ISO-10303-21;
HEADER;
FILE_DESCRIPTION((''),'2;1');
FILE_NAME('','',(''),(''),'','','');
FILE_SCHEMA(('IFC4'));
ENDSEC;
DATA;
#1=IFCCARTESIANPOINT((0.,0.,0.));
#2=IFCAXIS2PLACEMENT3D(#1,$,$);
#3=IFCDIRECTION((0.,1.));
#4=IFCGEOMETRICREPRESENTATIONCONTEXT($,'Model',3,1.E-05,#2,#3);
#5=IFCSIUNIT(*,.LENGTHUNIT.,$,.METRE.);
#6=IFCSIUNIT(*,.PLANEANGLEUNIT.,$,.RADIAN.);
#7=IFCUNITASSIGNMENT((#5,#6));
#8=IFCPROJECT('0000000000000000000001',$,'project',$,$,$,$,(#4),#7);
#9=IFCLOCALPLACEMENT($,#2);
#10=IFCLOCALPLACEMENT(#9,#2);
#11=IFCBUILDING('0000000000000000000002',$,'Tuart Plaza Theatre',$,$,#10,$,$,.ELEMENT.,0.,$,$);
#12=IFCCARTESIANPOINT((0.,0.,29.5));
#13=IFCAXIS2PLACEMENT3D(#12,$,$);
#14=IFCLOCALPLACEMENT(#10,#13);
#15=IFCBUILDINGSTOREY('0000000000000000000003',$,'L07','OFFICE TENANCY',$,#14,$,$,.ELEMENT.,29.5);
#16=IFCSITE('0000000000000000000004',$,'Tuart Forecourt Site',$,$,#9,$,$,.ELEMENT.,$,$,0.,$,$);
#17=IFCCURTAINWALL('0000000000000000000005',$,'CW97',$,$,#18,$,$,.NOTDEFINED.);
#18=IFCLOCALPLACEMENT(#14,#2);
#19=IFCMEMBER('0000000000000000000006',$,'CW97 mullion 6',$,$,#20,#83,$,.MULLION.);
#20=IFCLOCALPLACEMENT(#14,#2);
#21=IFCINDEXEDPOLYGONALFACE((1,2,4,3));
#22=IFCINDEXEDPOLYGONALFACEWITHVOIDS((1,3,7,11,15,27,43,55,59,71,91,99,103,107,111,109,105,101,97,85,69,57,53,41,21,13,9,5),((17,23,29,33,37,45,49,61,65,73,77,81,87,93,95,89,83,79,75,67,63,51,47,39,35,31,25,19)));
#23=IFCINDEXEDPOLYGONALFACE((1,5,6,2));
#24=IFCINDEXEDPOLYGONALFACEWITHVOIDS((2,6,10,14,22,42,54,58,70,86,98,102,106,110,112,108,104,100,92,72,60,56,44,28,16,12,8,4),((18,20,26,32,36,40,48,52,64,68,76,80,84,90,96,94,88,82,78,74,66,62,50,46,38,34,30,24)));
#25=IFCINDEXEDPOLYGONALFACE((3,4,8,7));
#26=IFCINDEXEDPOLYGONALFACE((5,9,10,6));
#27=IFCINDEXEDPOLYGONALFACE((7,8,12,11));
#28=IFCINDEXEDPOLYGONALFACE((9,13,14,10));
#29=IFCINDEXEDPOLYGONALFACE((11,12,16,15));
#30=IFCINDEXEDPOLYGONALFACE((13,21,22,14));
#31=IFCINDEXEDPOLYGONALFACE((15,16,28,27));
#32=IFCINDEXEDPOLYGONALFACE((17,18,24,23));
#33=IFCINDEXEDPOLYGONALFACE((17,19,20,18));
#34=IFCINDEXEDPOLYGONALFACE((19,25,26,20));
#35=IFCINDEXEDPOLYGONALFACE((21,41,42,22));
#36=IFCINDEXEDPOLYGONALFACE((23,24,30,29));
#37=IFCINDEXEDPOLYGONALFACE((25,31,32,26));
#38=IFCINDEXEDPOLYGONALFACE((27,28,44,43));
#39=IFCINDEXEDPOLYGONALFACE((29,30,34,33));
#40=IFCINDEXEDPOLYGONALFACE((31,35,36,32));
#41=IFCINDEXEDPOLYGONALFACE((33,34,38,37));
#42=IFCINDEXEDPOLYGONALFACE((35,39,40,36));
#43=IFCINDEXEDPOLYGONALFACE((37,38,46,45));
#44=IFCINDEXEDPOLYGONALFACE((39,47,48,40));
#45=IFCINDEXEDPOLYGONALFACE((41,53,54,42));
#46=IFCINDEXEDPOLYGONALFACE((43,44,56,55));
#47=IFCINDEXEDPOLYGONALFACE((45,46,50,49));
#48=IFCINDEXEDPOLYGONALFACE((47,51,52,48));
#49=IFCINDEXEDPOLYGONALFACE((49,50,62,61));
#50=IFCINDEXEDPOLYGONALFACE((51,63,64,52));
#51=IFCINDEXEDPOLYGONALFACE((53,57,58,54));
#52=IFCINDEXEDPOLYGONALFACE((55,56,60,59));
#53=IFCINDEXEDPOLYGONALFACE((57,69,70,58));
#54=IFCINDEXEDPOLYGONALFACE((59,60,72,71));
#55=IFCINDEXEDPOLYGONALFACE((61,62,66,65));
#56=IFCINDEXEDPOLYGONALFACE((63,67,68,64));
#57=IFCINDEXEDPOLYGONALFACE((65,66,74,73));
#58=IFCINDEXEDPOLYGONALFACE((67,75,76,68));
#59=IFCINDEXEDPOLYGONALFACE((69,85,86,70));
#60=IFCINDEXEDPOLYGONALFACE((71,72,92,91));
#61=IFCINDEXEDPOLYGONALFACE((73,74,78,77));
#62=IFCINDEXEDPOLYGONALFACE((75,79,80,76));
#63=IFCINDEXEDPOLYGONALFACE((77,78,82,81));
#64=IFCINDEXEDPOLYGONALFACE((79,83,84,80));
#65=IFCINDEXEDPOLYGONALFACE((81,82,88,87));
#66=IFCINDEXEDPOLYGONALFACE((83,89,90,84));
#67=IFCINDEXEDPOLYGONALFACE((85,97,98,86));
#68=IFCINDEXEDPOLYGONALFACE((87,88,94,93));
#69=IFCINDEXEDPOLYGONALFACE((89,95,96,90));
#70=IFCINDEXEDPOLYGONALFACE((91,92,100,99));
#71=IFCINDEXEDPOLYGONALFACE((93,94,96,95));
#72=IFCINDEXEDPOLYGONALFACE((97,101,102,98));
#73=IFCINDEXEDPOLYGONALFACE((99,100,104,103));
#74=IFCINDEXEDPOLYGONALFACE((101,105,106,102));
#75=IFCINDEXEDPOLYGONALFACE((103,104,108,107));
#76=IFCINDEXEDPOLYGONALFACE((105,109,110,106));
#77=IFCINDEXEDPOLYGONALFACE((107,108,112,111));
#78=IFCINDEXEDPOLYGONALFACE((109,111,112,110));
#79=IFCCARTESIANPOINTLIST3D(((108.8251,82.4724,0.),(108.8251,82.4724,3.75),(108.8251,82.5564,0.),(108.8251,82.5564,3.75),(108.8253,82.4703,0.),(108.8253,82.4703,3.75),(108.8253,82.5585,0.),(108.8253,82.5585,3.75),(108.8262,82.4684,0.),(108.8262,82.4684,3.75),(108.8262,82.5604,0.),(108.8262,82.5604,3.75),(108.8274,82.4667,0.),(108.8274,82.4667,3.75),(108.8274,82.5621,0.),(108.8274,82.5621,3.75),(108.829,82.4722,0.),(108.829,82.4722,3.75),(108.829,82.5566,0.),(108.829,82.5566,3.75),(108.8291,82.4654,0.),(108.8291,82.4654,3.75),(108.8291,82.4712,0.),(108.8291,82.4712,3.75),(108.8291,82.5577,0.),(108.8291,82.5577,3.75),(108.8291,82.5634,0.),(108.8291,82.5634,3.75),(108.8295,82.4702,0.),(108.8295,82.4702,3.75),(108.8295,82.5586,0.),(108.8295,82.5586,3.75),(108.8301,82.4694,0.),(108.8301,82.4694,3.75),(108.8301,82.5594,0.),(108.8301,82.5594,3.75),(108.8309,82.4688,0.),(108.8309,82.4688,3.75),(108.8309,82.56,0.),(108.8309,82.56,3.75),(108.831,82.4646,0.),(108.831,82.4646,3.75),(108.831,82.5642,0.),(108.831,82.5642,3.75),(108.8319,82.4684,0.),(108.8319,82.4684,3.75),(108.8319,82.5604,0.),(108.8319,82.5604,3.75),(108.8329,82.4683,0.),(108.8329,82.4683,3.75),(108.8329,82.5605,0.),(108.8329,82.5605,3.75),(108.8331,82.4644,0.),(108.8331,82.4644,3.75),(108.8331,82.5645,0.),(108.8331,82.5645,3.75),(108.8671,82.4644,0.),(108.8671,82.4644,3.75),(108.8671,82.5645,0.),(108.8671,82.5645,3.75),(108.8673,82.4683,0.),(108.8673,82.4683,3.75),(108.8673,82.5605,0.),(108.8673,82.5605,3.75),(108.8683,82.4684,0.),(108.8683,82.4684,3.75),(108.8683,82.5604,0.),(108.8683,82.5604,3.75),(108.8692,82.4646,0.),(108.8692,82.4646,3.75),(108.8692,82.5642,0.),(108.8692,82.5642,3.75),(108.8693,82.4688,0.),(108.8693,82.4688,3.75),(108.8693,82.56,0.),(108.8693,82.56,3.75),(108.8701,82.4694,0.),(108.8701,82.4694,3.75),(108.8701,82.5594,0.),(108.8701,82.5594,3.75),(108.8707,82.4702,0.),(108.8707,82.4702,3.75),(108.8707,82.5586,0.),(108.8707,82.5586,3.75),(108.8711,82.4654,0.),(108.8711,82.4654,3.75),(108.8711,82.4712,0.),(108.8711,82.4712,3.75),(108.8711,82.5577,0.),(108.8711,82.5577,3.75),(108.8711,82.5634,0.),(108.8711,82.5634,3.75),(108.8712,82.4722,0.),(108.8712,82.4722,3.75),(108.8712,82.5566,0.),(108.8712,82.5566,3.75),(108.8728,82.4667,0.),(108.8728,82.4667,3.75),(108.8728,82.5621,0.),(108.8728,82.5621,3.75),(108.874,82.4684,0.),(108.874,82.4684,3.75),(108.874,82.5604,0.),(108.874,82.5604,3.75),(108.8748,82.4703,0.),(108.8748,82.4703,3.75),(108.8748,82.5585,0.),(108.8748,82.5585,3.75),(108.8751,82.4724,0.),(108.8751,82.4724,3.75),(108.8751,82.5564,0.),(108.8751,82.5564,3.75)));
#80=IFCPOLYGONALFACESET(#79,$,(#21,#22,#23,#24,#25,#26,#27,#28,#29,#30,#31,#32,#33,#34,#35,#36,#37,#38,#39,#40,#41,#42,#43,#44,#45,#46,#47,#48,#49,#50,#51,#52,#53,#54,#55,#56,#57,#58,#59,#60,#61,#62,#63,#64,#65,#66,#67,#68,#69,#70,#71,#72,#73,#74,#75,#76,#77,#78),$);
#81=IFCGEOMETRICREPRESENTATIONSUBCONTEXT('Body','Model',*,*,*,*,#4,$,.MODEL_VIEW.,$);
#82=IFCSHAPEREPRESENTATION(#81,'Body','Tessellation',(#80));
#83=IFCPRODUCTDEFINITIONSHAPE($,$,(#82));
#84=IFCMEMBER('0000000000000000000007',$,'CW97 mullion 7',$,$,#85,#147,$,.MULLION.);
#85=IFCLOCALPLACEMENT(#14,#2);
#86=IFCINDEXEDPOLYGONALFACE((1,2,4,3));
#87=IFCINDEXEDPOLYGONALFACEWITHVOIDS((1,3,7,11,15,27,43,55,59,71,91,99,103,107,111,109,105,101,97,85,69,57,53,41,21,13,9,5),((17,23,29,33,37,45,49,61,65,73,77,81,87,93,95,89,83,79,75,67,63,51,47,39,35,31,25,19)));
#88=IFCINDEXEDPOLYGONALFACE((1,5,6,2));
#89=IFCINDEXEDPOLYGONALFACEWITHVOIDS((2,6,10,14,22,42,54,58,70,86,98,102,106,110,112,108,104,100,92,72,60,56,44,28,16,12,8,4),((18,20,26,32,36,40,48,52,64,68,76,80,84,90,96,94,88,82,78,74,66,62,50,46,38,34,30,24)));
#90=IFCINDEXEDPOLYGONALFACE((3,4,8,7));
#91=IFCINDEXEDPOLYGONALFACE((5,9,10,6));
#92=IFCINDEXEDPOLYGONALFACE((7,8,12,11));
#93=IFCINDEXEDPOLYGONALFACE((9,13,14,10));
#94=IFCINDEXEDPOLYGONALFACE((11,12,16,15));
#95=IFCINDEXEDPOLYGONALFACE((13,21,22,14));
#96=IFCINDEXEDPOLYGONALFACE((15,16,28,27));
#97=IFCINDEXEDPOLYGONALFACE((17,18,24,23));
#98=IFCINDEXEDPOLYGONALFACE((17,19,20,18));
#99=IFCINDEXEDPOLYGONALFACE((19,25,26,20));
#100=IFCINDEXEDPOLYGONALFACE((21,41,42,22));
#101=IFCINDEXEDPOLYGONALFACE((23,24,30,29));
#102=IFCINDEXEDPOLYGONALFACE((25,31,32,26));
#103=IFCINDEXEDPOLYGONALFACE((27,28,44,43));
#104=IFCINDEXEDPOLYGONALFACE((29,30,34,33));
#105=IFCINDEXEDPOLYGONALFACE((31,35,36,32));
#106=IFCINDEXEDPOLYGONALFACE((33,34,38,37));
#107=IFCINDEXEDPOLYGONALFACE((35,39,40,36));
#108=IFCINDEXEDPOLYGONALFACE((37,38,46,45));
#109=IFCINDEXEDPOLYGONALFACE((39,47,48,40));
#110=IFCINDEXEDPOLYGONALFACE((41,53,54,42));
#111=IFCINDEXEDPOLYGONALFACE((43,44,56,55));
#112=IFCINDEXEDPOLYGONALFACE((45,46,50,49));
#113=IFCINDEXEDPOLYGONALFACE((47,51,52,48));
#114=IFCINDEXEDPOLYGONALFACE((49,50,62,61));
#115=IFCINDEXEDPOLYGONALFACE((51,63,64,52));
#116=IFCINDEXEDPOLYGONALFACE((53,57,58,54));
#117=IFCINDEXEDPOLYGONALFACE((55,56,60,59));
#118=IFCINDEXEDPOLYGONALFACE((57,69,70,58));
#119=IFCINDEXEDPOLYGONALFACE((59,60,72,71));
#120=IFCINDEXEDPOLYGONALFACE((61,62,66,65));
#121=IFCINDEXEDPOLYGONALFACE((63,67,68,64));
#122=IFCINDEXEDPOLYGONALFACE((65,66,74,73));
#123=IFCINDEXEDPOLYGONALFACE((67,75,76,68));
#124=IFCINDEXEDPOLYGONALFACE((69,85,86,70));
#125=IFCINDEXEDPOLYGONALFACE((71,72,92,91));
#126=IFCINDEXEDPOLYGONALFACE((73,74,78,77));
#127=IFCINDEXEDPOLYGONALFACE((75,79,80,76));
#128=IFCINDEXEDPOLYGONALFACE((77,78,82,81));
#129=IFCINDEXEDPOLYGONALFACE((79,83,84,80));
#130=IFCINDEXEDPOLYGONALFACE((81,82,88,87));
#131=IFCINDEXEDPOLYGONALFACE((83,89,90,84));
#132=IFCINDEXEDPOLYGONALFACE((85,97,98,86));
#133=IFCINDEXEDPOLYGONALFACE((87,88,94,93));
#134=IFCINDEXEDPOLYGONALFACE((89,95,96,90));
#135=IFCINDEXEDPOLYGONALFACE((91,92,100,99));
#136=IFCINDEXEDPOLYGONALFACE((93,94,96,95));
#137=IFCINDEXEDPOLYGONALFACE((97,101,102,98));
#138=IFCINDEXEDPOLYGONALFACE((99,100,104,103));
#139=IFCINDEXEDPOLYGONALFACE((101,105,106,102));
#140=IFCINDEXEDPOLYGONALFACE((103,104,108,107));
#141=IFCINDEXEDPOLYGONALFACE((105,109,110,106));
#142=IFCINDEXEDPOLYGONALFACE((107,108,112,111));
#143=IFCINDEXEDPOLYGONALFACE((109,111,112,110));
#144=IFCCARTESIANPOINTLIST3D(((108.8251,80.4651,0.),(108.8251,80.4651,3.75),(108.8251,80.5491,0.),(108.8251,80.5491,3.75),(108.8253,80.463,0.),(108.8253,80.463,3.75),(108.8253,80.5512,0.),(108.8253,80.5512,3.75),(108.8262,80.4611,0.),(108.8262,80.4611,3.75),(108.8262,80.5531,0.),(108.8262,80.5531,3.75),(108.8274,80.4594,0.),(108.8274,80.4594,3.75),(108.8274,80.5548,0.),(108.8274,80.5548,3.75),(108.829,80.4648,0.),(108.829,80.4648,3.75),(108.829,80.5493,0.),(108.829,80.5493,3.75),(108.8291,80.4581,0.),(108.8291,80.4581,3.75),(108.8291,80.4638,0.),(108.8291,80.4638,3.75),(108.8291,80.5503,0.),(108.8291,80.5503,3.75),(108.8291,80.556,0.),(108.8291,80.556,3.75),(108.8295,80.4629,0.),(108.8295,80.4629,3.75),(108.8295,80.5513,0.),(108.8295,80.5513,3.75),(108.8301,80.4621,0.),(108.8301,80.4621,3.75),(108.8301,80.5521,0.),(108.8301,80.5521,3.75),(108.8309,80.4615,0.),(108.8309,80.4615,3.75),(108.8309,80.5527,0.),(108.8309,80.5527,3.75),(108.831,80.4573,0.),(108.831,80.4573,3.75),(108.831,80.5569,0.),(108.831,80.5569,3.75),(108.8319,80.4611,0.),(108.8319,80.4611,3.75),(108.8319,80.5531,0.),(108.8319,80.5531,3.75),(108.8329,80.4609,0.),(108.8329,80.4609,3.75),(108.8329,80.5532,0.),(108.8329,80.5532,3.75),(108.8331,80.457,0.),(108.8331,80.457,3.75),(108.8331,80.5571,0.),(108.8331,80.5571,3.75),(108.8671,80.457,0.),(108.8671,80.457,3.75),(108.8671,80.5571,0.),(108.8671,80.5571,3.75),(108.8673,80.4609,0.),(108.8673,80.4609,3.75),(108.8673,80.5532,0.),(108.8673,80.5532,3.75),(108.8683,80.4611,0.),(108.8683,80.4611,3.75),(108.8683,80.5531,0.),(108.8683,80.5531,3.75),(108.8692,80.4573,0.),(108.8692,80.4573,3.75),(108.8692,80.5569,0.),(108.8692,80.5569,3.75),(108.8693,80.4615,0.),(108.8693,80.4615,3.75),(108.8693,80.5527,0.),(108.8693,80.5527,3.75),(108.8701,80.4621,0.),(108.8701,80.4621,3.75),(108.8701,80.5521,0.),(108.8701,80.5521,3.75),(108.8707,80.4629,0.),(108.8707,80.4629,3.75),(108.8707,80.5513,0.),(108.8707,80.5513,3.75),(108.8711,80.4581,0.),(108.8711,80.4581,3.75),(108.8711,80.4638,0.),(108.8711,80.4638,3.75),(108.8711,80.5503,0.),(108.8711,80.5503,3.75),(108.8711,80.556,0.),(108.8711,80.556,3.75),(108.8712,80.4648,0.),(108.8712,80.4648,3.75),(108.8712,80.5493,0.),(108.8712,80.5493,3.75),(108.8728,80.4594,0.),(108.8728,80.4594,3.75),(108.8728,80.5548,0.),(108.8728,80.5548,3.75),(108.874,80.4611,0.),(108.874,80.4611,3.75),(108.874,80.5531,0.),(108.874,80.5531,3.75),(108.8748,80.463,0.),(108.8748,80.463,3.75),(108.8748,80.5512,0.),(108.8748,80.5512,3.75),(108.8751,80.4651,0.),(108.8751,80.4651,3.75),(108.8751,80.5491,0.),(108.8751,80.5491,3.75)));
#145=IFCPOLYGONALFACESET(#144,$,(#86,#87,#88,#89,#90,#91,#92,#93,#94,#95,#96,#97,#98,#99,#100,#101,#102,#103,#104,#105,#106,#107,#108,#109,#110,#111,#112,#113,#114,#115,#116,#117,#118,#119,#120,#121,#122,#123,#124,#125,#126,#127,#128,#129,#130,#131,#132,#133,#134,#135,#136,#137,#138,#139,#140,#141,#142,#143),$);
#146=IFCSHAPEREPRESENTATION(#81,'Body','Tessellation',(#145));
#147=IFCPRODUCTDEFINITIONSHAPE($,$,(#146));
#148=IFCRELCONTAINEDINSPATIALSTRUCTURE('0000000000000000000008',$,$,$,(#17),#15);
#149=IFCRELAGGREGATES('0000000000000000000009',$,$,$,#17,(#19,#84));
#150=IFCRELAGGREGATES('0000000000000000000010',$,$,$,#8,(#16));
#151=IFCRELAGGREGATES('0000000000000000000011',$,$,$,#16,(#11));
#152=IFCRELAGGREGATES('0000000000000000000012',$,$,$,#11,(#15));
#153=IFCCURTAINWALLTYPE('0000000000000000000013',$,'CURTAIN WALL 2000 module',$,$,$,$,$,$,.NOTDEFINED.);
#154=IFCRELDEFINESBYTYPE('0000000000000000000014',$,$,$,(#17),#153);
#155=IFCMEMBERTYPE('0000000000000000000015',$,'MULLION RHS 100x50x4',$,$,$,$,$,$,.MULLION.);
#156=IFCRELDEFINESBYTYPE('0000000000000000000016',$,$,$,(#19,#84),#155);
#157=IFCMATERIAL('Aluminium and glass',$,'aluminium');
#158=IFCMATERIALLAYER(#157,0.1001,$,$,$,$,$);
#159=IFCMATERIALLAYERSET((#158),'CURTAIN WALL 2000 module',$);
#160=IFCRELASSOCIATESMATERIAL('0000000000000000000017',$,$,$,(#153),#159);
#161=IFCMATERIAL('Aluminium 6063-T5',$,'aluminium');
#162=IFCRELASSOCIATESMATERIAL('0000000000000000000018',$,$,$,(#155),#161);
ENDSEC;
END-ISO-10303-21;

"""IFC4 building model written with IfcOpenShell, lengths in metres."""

from ifc_helpers import new_model, si_unit, direction, frame, origin, origin_2d, place, context, subcontext, project, spatial, hollow_rectangle, extrude, material, layer, layer_set, material_profile, profile_set, type_object, element, aggregate, save


model = new_model("IFC4")

# Units and contexts
model_context = context("Model", 3, precision=1e-05, world=origin(), true_north=direction((0.0, 1.0)))
body_context = subcontext(model_context, "Body", "Model", "MODEL_VIEW")
ifc_project = project(units=[si_unit("LENGTHUNIT", "METRE"), si_unit("PLANEANGLEUNIT", "RADIAN")], contexts=[model_context])

# Site, building, storey
site_placement = place(None, origin())
site = spatial("IfcSite", under=ifc_project, at=site_placement, Name="Tuart Forecourt Site", CompositionType="ELEMENT", RefElevation=0.0)
building_placement = place(site_placement, origin())
building = spatial("IfcBuilding", under=site, at=building_placement, Name="Tuart Plaza Theatre", CompositionType="ELEMENT", ElevationOfRefHeight=0.0)
storey_placement = place(building_placement, frame((0.0, 0.0, 29.5)))
storey = spatial("IfcBuildingStorey", under=building, at=storey_placement, Name="L07", Description="OFFICE TENANCY", CompositionType="ELEMENT", Elevation=29.5)

# Shared definitions
ifc_material_1 = material(Name="Aluminium and glass", Category="aluminium")
ifc_layer_1 = layer(ifc_material_1, 0.1001)
ifc_layer_set_1 = layer_set([ifc_layer_1], Name="CURTAIN WALL 2000 module")
curtain_wall_type = type_object("IfcCurtainWallType", Name="CURTAIN WALL 2000 module", PredefinedType="NOTDEFINED", material=ifc_layer_set_1)
ifc_material_2 = material(Name="Aluminium 6063-T5", Category="aluminium")
ifc_material_profile_1 = material_profile(ifc_material_2, hollow_rectangle(XDim=0.05, YDim=0.1001, WallThickness=0.0039, InnerFilletRadius=0.0039, OuterFilletRadius=0.0081, at=origin_2d()), Name="RHS 100x50x4")
ifc_profile_set_1 = profile_set([ifc_material_profile_1], Name="Aluminium 6063-T5")
member_type_1 = type_object("IfcMemberType", Name="MULLION RHS 100x50x4", PredefinedType="MULLION", material=ifc_profile_set_1)

# Curtain wall, members
curtain_wall_1_placement = place(storey_placement, origin())
curtain_wall_1 = element("IfcCurtainWall", 1, at=curtain_wall_1_placement, inside=storey, type_object=curtain_wall_type, Name="CW97", PredefinedType="NOTDEFINED")
member_1_placement = place(storey_placement, frame((108.8501, 82.5144, 0.0), z_axis=(0.0, 0.0, 1.0), x_axis=(1.0, 0.0, 0.0)))
member_1 = element("IfcMember", 2, at=member_1_placement, type_object=member_type_1, Name="CW97 mullion 6", PredefinedType="MULLION", context=body_context, shape_type="SweptSolid", body=[
    extrude(hollow_rectangle(XDim=0.05, YDim=0.1001, WallThickness=0.0039, InnerFilletRadius=0.0039, OuterFilletRadius=0.0081, at=origin_2d()), origin(), (0.0, 0.0, 1.0), 3.75),
])
member_2_placement = place(storey_placement, frame((108.8501, 80.5071, 0.0), z_axis=(0.0, 0.0, 1.0), x_axis=(1.0, 0.0, 0.0)))
member_2 = element("IfcMember", 3, at=member_2_placement, type_object=member_type_1, Name="CW97 mullion 7", PredefinedType="MULLION", context=body_context, shape_type="SweptSolid", body=[
    extrude(hollow_rectangle(XDim=0.05, YDim=0.1001, WallThickness=0.0039, InnerFilletRadius=0.0039, OuterFilletRadius=0.0081, at=origin_2d()), origin(), (0.0, 0.0, 1.0), 3.75),
])
aggregate(curtain_wall_1, [member_1, member_2])

save(model, "model.ifc")
